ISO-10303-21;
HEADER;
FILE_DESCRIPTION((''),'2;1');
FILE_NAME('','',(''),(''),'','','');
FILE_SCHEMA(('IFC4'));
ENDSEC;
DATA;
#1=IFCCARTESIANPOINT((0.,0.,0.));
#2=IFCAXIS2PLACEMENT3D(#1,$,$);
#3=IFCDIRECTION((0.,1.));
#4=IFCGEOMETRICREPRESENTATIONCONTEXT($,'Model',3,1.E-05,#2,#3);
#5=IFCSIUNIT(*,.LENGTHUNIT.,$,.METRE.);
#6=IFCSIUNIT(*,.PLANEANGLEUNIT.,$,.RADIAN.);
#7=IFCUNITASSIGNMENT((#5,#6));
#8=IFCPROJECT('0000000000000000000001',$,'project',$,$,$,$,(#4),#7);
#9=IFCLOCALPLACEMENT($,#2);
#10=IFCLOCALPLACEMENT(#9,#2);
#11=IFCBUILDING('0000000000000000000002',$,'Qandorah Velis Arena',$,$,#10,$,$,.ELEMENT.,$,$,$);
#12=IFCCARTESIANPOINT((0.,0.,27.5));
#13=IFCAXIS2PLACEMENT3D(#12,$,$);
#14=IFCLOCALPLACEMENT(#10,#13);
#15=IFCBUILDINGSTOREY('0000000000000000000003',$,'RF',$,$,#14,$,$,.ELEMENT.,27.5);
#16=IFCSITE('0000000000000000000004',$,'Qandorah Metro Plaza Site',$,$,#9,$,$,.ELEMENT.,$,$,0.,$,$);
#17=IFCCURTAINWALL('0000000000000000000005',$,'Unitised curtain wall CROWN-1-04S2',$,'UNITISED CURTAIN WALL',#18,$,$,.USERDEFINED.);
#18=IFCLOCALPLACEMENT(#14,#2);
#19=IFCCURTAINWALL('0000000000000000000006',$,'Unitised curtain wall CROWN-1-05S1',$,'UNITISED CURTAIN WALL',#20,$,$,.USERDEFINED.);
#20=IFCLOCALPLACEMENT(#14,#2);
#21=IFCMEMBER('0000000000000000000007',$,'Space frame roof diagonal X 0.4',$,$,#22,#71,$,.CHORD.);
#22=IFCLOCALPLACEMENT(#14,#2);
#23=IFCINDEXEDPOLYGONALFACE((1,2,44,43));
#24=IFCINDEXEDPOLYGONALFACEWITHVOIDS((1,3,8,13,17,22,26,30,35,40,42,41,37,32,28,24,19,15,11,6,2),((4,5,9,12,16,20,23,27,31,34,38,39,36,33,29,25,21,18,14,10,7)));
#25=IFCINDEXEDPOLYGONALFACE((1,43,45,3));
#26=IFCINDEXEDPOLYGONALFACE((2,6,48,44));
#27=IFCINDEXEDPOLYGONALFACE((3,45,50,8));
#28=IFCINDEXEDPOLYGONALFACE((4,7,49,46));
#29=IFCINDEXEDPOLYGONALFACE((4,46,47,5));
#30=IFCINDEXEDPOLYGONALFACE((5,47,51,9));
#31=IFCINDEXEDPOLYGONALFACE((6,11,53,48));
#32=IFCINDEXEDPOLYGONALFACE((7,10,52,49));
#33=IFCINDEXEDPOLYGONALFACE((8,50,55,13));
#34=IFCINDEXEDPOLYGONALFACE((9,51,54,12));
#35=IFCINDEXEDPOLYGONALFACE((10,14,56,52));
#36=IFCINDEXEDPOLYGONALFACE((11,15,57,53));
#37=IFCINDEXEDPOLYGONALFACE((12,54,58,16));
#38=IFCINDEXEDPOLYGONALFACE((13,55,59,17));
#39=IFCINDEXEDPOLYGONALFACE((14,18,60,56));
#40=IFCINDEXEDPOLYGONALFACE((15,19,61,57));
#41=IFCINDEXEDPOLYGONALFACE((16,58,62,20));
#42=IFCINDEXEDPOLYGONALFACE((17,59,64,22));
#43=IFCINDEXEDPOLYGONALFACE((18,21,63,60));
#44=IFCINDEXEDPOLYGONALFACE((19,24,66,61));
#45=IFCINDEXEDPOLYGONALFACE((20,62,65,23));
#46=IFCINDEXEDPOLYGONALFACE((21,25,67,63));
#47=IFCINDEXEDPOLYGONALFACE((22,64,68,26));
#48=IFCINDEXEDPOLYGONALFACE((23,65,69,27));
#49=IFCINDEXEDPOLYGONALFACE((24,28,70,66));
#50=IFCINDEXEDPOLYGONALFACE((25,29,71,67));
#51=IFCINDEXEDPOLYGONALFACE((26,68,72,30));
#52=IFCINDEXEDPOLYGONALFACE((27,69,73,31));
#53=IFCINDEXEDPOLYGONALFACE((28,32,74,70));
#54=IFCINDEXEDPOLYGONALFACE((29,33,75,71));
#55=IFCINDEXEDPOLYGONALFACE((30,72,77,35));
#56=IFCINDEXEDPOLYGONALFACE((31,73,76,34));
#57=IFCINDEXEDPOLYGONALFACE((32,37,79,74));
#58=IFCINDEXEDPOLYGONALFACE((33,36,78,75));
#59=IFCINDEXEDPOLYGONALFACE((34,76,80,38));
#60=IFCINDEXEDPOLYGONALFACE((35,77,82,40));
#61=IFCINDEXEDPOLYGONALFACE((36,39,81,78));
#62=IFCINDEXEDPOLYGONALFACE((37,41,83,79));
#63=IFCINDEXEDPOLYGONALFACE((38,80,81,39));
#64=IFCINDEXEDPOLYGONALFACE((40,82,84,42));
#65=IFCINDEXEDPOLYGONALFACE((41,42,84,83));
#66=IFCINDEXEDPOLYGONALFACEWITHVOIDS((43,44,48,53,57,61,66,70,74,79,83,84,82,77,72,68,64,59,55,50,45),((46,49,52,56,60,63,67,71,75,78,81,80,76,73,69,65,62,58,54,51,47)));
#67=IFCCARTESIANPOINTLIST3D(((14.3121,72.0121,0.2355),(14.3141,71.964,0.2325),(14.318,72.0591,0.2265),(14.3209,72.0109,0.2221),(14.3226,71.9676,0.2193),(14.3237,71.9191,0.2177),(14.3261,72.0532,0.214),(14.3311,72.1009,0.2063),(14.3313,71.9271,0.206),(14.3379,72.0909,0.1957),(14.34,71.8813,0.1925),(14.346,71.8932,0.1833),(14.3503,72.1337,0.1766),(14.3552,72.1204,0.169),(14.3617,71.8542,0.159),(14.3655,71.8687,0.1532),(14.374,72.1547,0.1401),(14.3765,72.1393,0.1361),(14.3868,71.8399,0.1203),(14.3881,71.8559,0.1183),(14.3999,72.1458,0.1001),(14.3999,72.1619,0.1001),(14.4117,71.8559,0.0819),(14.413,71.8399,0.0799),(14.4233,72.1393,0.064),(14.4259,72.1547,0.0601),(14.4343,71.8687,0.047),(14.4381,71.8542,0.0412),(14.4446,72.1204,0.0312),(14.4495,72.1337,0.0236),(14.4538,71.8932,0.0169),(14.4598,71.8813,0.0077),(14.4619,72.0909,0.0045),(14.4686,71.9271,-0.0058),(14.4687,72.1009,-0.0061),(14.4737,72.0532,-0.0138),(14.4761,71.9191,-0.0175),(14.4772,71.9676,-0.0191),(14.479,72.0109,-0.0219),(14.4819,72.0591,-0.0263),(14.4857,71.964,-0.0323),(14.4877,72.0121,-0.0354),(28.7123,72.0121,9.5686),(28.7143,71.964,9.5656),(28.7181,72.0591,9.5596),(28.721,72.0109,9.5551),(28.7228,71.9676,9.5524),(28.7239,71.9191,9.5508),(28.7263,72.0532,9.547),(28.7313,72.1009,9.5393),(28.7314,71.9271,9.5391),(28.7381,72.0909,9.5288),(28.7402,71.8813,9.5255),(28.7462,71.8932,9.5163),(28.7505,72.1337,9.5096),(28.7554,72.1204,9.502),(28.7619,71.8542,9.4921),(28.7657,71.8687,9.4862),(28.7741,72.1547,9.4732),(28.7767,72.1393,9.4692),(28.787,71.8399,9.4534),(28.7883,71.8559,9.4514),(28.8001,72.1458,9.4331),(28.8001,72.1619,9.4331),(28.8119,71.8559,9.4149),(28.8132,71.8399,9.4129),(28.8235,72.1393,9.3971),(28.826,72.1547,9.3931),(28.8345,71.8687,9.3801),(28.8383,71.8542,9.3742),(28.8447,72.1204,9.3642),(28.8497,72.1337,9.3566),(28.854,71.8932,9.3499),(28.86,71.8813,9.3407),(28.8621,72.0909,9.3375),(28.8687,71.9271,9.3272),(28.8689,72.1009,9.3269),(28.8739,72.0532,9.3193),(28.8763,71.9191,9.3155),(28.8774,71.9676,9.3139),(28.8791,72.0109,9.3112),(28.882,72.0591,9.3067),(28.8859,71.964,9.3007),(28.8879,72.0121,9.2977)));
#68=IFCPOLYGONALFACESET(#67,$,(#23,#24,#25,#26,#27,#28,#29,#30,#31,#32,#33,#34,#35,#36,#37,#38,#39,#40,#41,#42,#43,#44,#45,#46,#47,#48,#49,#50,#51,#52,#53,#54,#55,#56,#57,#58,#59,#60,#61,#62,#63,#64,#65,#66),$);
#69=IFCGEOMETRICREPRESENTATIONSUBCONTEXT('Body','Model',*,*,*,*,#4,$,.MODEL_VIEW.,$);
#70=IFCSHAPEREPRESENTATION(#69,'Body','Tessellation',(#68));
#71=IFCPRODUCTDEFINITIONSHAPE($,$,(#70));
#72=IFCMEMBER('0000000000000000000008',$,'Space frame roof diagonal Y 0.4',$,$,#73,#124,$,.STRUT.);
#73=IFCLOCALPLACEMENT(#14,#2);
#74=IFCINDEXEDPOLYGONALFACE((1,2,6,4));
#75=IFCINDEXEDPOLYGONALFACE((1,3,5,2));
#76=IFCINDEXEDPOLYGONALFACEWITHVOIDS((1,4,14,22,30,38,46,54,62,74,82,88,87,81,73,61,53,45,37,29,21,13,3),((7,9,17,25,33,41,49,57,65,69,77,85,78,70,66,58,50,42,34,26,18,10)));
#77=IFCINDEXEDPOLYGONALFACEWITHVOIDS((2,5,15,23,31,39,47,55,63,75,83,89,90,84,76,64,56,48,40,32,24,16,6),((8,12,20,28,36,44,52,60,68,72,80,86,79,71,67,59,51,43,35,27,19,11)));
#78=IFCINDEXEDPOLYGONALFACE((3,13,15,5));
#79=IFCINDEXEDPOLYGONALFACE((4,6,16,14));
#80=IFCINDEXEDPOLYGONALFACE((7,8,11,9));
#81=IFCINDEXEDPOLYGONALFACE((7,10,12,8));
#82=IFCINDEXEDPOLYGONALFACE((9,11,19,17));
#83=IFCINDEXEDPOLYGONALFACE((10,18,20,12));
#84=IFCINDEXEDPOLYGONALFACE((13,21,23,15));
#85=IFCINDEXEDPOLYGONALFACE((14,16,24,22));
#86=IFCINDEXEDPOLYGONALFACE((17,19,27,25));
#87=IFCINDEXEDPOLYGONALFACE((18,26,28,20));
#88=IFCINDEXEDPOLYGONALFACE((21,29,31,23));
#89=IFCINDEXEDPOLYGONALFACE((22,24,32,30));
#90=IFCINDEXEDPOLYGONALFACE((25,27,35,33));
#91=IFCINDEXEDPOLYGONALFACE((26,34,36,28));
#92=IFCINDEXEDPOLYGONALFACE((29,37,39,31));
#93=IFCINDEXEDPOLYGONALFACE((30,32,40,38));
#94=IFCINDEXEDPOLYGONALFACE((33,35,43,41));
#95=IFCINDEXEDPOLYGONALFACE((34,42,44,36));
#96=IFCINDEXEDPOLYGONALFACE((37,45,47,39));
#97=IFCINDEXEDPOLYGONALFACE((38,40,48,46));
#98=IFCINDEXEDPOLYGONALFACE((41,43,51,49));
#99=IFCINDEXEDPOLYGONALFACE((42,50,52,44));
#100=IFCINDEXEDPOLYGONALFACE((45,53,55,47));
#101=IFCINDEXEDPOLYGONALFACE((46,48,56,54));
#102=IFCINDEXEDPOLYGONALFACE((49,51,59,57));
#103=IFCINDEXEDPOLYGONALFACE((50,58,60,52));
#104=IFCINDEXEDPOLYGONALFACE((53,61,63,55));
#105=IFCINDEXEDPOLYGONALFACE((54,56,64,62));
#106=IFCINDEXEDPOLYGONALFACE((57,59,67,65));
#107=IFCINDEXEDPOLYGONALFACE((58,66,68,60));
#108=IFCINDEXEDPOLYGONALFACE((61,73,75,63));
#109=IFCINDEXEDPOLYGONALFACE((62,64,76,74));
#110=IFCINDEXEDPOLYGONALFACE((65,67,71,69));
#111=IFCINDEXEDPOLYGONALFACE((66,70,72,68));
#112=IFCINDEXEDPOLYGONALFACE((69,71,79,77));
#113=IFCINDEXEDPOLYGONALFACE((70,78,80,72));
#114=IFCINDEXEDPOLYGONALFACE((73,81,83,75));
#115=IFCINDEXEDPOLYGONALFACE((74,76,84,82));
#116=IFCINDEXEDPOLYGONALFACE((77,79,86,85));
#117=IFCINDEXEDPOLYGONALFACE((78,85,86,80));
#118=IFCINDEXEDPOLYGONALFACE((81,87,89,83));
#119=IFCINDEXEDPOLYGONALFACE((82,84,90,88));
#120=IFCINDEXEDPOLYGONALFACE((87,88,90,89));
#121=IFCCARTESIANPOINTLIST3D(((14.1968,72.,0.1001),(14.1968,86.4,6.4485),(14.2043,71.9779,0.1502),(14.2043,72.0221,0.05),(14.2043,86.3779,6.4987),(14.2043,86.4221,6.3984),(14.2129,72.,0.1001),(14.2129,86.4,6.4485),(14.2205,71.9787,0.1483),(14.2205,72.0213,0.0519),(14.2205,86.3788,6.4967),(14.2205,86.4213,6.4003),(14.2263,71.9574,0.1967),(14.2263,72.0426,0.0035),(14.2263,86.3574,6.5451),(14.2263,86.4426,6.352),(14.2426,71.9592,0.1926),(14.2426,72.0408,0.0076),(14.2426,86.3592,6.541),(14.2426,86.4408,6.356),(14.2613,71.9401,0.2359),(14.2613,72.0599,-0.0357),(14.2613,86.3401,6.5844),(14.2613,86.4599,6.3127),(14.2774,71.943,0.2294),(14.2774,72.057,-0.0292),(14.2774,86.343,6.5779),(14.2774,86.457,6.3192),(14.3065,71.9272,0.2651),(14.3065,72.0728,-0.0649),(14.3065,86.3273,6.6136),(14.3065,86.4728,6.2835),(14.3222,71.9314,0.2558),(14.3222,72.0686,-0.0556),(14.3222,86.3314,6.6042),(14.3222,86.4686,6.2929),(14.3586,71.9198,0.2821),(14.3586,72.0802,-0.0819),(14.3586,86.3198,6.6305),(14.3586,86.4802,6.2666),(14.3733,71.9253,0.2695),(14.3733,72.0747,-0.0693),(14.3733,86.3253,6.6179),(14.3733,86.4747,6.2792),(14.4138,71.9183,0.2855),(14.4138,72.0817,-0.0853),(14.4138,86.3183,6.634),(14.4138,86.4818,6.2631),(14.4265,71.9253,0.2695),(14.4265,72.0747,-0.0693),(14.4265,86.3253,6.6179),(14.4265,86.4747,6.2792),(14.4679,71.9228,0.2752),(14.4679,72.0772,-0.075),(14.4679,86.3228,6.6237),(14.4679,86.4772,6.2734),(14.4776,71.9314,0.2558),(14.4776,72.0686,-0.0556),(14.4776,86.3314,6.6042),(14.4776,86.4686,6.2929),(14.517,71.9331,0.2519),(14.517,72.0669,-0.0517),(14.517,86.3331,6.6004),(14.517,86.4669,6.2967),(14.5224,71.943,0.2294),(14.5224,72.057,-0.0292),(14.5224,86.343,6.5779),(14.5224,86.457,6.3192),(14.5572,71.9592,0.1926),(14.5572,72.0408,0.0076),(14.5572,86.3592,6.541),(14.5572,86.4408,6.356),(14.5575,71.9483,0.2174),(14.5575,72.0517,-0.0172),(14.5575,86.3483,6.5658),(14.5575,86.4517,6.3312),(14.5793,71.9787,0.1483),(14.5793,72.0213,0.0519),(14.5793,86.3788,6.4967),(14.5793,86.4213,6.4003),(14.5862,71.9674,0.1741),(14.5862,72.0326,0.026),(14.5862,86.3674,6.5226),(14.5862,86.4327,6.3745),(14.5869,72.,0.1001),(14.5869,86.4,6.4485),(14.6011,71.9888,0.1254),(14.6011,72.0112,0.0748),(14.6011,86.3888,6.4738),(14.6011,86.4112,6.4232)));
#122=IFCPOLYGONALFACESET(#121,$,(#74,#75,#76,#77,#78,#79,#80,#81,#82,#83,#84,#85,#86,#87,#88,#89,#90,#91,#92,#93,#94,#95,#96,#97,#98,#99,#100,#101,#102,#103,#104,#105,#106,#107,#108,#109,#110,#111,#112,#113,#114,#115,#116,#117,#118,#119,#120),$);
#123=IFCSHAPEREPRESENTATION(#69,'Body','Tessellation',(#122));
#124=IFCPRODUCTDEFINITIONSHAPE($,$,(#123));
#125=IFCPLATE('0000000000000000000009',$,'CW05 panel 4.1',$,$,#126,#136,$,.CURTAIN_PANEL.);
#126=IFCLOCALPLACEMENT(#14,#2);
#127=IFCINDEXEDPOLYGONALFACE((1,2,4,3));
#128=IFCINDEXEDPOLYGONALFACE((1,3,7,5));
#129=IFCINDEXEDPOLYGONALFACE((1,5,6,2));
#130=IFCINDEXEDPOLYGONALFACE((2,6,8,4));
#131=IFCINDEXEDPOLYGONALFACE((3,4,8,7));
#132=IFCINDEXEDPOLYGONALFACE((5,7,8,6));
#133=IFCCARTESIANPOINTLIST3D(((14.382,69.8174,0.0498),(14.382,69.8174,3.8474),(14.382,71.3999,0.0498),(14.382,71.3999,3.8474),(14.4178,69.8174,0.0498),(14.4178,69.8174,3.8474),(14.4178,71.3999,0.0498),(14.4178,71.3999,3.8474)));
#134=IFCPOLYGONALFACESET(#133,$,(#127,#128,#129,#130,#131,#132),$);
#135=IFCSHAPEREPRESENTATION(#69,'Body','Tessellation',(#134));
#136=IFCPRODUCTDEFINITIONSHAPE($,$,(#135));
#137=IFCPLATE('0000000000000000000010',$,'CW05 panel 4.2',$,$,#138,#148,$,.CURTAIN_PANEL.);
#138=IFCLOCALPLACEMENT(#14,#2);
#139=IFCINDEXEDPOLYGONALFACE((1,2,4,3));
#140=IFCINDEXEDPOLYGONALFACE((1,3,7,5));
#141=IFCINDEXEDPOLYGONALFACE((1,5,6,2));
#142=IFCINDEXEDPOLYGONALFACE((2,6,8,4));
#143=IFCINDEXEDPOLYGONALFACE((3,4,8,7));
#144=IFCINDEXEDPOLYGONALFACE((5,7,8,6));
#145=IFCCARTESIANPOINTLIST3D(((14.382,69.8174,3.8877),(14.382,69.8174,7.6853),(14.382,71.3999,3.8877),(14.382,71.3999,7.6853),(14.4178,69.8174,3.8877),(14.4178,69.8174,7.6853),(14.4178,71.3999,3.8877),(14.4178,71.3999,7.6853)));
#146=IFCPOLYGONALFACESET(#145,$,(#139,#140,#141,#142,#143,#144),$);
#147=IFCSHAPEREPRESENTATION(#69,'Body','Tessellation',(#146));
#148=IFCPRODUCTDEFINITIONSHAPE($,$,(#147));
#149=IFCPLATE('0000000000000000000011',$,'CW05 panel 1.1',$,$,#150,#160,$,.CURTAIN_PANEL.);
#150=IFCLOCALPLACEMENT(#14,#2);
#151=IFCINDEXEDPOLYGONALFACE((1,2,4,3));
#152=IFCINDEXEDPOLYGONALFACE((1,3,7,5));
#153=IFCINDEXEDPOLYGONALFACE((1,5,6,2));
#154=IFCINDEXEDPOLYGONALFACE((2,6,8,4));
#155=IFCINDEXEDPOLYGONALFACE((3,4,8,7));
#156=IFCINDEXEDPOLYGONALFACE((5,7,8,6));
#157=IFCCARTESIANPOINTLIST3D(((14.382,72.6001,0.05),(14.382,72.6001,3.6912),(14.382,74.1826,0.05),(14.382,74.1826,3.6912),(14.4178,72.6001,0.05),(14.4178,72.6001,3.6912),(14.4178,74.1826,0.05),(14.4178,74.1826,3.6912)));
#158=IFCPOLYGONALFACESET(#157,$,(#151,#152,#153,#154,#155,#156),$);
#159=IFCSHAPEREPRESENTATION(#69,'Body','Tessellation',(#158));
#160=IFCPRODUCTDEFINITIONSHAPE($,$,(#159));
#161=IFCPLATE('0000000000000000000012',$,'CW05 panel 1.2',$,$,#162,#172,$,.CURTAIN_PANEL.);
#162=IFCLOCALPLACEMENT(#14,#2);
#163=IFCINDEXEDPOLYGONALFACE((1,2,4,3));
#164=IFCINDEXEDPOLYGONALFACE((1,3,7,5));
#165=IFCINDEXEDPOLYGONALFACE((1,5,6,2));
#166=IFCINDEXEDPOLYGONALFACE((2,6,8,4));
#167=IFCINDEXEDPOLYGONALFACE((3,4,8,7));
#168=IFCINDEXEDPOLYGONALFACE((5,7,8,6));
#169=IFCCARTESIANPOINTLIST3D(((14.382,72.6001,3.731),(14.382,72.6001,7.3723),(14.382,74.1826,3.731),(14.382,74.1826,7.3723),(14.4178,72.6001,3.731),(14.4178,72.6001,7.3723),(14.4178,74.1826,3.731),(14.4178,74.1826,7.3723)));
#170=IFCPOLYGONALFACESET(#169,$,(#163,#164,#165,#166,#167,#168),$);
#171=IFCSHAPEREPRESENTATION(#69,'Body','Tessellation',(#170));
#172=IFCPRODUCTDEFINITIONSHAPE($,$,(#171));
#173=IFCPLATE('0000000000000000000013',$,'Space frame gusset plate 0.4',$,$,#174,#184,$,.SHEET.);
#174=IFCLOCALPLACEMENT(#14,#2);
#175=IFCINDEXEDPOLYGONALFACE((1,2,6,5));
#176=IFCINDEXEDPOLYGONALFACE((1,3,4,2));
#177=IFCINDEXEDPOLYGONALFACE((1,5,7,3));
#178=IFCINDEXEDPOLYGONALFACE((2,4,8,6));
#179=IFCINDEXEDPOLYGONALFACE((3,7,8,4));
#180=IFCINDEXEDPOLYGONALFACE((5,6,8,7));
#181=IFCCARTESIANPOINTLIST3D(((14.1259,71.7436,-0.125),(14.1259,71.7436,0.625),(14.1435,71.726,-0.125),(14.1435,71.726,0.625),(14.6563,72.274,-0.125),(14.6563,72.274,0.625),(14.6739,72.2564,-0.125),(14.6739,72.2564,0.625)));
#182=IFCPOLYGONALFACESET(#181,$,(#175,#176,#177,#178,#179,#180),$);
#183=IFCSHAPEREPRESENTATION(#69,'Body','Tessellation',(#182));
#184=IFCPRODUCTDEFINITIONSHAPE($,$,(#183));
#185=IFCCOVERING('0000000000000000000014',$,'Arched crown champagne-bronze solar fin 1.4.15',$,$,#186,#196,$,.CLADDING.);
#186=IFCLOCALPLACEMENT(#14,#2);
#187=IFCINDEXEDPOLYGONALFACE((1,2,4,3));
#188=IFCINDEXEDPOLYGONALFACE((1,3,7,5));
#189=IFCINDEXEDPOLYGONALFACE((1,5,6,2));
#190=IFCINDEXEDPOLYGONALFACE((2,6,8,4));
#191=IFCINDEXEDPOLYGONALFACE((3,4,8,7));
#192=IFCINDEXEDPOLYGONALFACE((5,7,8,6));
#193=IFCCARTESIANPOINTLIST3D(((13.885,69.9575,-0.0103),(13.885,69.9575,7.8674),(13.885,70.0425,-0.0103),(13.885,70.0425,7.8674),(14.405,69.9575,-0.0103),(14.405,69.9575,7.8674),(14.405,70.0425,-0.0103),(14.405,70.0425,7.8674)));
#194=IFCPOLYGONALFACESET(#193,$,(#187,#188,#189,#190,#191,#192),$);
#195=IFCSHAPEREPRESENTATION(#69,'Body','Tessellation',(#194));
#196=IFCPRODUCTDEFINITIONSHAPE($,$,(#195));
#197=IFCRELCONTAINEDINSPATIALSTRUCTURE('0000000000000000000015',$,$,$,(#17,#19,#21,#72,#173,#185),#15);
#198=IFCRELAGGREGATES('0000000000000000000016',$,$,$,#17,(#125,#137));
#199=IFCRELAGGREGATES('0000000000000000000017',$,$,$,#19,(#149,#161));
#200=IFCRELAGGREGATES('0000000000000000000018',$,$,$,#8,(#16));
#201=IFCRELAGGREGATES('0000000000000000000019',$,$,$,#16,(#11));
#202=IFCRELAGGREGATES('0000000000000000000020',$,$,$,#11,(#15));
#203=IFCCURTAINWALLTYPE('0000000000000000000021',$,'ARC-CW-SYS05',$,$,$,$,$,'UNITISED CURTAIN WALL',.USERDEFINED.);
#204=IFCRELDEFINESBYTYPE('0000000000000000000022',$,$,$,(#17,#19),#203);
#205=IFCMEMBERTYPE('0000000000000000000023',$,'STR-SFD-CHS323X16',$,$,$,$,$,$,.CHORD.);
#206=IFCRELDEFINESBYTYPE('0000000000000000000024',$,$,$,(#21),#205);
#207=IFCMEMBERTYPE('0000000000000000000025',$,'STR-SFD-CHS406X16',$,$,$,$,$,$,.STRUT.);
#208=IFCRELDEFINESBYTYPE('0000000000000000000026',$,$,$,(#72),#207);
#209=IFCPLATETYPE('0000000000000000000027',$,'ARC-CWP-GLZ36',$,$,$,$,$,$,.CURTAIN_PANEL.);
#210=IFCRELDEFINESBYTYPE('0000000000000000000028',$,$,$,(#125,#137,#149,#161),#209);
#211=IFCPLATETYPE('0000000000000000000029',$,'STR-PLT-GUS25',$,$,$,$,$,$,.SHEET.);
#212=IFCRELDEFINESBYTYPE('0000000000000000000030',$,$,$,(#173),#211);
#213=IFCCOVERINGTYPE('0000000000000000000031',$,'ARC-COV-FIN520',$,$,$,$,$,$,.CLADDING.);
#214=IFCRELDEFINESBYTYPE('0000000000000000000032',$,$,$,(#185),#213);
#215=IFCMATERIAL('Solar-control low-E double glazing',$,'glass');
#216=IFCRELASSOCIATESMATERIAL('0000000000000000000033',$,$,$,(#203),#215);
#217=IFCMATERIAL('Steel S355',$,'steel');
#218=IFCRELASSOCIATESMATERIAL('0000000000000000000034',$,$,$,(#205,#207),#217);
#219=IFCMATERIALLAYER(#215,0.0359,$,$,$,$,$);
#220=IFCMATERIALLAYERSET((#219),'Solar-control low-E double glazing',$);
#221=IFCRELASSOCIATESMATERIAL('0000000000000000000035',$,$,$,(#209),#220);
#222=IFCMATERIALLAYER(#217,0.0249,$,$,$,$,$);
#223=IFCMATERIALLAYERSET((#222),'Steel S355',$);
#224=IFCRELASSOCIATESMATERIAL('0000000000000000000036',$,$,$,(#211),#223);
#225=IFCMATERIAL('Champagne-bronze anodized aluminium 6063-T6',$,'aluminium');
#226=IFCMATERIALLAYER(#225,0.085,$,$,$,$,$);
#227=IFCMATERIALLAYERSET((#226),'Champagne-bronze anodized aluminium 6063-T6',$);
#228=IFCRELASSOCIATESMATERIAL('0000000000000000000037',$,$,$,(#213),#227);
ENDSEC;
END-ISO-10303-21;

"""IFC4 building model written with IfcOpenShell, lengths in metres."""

from ifc_helpers import new_model, si_unit, direction, frame, origin, origin_2d, place, context, subcontext, project, spatial, rectangle, hollow_circle, extrude, material, layer, layer_set, material_profile, profile_set, type_object, element, aggregate, save


model = new_model("IFC4")

# Units and contexts
model_context = context("Model", 3, precision=1e-05, world=origin(), true_north=direction((0.0, 1.0)))
body_context = subcontext(model_context, "Body", "Model", "MODEL_VIEW")
ifc_project = project(units=[si_unit("LENGTHUNIT", "METRE"), si_unit("PLANEANGLEUNIT", "RADIAN")], contexts=[model_context])

# Site, building, storey
site_placement = place(None, origin())
site = spatial("IfcSite", under=ifc_project, at=site_placement, Name="Qandorah Metro Plaza Site", CompositionType="ELEMENT", RefElevation=0.0)
building_placement = place(site_placement, origin())
building = spatial("IfcBuilding", under=site, at=building_placement, Name="Qandorah Velis Arena", CompositionType="ELEMENT")
storey_placement = place(building_placement, frame((0.0, 0.0, 27.5)))
storey = spatial("IfcBuildingStorey", under=building, at=storey_placement, Name="RF", CompositionType="ELEMENT", Elevation=27.5)

# Curtain wall
ifc_material_1 = material(Name="Solar-control low-E double glazing", Category="glass")
curtain_wall_type = type_object("IfcCurtainWallType", Name="ARC-CW-SYS05", ElementType="UNITISED CURTAIN WALL", PredefinedType="USERDEFINED", material=ifc_material_1)
curtain_wall_1_placement = place(storey_placement, origin())
curtain_wall_1 = element("IfcCurtainWall", 1, at=curtain_wall_1_placement, inside=storey, type_object=curtain_wall_type, Name="Unitised curtain wall CROWN-1-04S2", ObjectType="UNITISED CURTAIN WALL", PredefinedType="USERDEFINED")
ifc_material_2 = material(Name="Champagne-bronze anodized aluminium 6063-T6", Category="aluminium")

# Curtain wall
curtain_wall_2_placement = place(storey_placement, origin())
curtain_wall_2 = element("IfcCurtainWall", 2, at=curtain_wall_2_placement, inside=storey, type_object=curtain_wall_type, Name="Unitised curtain wall CROWN-1-05S1", ObjectType="UNITISED CURTAIN WALL", PredefinedType="USERDEFINED")

# Shared definitions
ifc_material_3 = material(Name="Steel S355", Category="steel")

# Members
ifc_material_profile_1 = material_profile(ifc_material_3, hollow_circle(Radius=0.1619, WallThickness=0.0161, at=origin_2d()), Name="CHS 323.9x16")
ifc_profile_set_1 = profile_set([ifc_material_profile_1], Name="Steel S355")
member_type_1 = type_object("IfcMemberType", Name="STR-SFD-CHS323X16", PredefinedType="CHORD", material=ifc_profile_set_1)
member_1_placement = place(storey_placement, frame((14.3999, 72.0, 0.1001), z_axis=(0.839164, 0.0, 0.543878), x_axis=(0.0, 1.0, 0.0)))
element("IfcMember", 3, at=member_1_placement, inside=storey, type_object=member_type_1, Name="Space frame roof diagonal X 0.4", PredefinedType="CHORD", context=body_context, shape_type="SweptSolid", body=[
    extrude(hollow_circle(Radius=0.1619, WallThickness=0.0161, at=origin_2d()), origin(), (0.0, 0.0, 1.0), 17.1602),
])
ifc_material_profile_2 = material_profile(ifc_material_3, hollow_circle(Radius=0.2031, WallThickness=0.0161, at=origin_2d()), Name="CHS 406.4x16")
ifc_profile_set_2 = profile_set([ifc_material_profile_2], Name="Steel S355")
member_type_2 = type_object("IfcMemberType", Name="STR-SFD-CHS406X16", PredefinedType="STRUT", material=ifc_profile_set_2)
member_2_placement = place(storey_placement, frame((14.3999, 72.0, 0.1001), z_axis=(0.0, 0.915024, 0.4034), x_axis=(-1.0, 0.0, 0.0)))
element("IfcMember", 4, at=member_2_placement, inside=storey, type_object=member_type_2, Name="Space frame roof diagonal Y 0.4", PredefinedType="STRUT", context=body_context, shape_type="SweptSolid", body=[
    extrude(hollow_circle(Radius=0.2031, WallThickness=0.0161, at=origin_2d()), origin(), (0.0, 0.0, 1.0), 15.7373),
])

# Plates
ifc_layer_1 = layer(ifc_material_1, 0.0359)
ifc_layer_set_1 = layer_set([ifc_layer_1], Name="Solar-control low-E double glazing")
plate_type_1 = type_object("IfcPlateType", Name="ARC-CWP-GLZ36", PredefinedType="CURTAIN_PANEL", material=ifc_layer_set_1)
plate_1_placement = place(storey_placement, frame((14.3999, 70.6086, 0.0498), z_axis=(0.0, 0.0, 1.0), x_axis=(0.0, 1.0, 0.0)))
plate_1 = element("IfcPlate", 5, at=plate_1_placement, type_object=plate_type_1, Name="CW05 panel 4.1", PredefinedType="CURTAIN_PANEL", context=body_context, shape_type="SweptSolid", body=[
    extrude(rectangle(XDim=1.5825, YDim=0.0359, at=origin_2d()), origin(), (0.0, 0.0, 1.0), 3.7976),
])
plate_2_placement = place(storey_placement, frame((14.3999, 70.6086, 3.8877), z_axis=(0.0, 0.0, 1.0), x_axis=(0.0, 1.0, 0.0)))
plate_2 = element("IfcPlate", 6, at=plate_2_placement, type_object=plate_type_1, Name="CW05 panel 4.2", PredefinedType="CURTAIN_PANEL", context=body_context, shape_type="SweptSolid", body=[
    extrude(rectangle(XDim=1.5825, YDim=0.0359, at=origin_2d()), origin(), (0.0, 0.0, 1.0), 3.7976),
])
aggregate(curtain_wall_1, [plate_1, plate_2])
plate_3_placement = place(storey_placement, frame((14.3999, 73.3914, 0.05), z_axis=(0.0, 0.0, 1.0), x_axis=(0.0, 1.0, 0.0)))
plate_3 = element("IfcPlate", 7, at=plate_3_placement, type_object=plate_type_1, Name="CW05 panel 1.1", PredefinedType="CURTAIN_PANEL", context=body_context, shape_type="SweptSolid", body=[
    extrude(rectangle(XDim=1.5825, YDim=0.0359, at=origin_2d()), origin(), (0.0, 0.0, 1.0), 3.6411),
])
plate_4_placement = place(storey_placement, frame((14.3999, 73.3914, 3.731), z_axis=(0.0, 0.0, 1.0), x_axis=(0.0, 1.0, 0.0)))
plate_4 = element("IfcPlate", 8, at=plate_4_placement, type_object=plate_type_1, Name="CW05 panel 1.2", PredefinedType="CURTAIN_PANEL", context=body_context, shape_type="SweptSolid", body=[
    extrude(rectangle(XDim=1.5825, YDim=0.0359, at=origin_2d()), origin(), (0.0, 0.0, 1.0), 3.6414),
])
aggregate(curtain_wall_2, [plate_3, plate_4])
ifc_layer_2 = layer(ifc_material_3, 0.0249)
ifc_layer_set_2 = layer_set([ifc_layer_2], Name="Steel S355")
plate_type_2 = type_object("IfcPlateType", Name="STR-PLT-GUS25", PredefinedType="SHEET", material=ifc_layer_set_2)
plate_5_placement = place(storey_placement, frame((14.3999, 72.0, -0.125), z_axis=(0.0, 0.0, 1.0), x_axis=(0.707107, 0.707107, 0.0)))
element("IfcPlate", 9, at=plate_5_placement, inside=storey, type_object=plate_type_2, Name="Space frame gusset plate 0.4", PredefinedType="SHEET", context=body_context, shape_type="SweptSolid", body=[
    extrude(rectangle(XDim=0.75, YDim=0.0249, at=origin_2d()), origin(), (0.0, 0.0, 1.0), 0.75),
])

# Covering
ifc_layer_3 = layer(ifc_material_2, 0.085)
ifc_layer_set_3 = layer_set([ifc_layer_3], Name="Champagne-bronze anodized aluminium 6063-T6")
covering_type = type_object("IfcCoveringType", Name="ARC-COV-FIN520", PredefinedType="CLADDING", material=ifc_layer_set_3)
covering_1_placement = place(storey_placement, frame((14.145, 70.0, -0.0103), z_axis=(0.0, 0.0, 1.0), x_axis=(1.0, 0.0, 0.0)))
element("IfcCovering", 10, at=covering_1_placement, inside=storey, type_object=covering_type, Name="Arched crown champagne-bronze solar fin 1.4.15", PredefinedType="CLADDING", context=body_context, shape_type="SweptSolid", body=[
    extrude(rectangle(XDim=0.52, YDim=0.085, at=origin_2d()), origin(), (0.0, 0.0, 1.0), 7.8777),
])

save(model, "model.ifc")
